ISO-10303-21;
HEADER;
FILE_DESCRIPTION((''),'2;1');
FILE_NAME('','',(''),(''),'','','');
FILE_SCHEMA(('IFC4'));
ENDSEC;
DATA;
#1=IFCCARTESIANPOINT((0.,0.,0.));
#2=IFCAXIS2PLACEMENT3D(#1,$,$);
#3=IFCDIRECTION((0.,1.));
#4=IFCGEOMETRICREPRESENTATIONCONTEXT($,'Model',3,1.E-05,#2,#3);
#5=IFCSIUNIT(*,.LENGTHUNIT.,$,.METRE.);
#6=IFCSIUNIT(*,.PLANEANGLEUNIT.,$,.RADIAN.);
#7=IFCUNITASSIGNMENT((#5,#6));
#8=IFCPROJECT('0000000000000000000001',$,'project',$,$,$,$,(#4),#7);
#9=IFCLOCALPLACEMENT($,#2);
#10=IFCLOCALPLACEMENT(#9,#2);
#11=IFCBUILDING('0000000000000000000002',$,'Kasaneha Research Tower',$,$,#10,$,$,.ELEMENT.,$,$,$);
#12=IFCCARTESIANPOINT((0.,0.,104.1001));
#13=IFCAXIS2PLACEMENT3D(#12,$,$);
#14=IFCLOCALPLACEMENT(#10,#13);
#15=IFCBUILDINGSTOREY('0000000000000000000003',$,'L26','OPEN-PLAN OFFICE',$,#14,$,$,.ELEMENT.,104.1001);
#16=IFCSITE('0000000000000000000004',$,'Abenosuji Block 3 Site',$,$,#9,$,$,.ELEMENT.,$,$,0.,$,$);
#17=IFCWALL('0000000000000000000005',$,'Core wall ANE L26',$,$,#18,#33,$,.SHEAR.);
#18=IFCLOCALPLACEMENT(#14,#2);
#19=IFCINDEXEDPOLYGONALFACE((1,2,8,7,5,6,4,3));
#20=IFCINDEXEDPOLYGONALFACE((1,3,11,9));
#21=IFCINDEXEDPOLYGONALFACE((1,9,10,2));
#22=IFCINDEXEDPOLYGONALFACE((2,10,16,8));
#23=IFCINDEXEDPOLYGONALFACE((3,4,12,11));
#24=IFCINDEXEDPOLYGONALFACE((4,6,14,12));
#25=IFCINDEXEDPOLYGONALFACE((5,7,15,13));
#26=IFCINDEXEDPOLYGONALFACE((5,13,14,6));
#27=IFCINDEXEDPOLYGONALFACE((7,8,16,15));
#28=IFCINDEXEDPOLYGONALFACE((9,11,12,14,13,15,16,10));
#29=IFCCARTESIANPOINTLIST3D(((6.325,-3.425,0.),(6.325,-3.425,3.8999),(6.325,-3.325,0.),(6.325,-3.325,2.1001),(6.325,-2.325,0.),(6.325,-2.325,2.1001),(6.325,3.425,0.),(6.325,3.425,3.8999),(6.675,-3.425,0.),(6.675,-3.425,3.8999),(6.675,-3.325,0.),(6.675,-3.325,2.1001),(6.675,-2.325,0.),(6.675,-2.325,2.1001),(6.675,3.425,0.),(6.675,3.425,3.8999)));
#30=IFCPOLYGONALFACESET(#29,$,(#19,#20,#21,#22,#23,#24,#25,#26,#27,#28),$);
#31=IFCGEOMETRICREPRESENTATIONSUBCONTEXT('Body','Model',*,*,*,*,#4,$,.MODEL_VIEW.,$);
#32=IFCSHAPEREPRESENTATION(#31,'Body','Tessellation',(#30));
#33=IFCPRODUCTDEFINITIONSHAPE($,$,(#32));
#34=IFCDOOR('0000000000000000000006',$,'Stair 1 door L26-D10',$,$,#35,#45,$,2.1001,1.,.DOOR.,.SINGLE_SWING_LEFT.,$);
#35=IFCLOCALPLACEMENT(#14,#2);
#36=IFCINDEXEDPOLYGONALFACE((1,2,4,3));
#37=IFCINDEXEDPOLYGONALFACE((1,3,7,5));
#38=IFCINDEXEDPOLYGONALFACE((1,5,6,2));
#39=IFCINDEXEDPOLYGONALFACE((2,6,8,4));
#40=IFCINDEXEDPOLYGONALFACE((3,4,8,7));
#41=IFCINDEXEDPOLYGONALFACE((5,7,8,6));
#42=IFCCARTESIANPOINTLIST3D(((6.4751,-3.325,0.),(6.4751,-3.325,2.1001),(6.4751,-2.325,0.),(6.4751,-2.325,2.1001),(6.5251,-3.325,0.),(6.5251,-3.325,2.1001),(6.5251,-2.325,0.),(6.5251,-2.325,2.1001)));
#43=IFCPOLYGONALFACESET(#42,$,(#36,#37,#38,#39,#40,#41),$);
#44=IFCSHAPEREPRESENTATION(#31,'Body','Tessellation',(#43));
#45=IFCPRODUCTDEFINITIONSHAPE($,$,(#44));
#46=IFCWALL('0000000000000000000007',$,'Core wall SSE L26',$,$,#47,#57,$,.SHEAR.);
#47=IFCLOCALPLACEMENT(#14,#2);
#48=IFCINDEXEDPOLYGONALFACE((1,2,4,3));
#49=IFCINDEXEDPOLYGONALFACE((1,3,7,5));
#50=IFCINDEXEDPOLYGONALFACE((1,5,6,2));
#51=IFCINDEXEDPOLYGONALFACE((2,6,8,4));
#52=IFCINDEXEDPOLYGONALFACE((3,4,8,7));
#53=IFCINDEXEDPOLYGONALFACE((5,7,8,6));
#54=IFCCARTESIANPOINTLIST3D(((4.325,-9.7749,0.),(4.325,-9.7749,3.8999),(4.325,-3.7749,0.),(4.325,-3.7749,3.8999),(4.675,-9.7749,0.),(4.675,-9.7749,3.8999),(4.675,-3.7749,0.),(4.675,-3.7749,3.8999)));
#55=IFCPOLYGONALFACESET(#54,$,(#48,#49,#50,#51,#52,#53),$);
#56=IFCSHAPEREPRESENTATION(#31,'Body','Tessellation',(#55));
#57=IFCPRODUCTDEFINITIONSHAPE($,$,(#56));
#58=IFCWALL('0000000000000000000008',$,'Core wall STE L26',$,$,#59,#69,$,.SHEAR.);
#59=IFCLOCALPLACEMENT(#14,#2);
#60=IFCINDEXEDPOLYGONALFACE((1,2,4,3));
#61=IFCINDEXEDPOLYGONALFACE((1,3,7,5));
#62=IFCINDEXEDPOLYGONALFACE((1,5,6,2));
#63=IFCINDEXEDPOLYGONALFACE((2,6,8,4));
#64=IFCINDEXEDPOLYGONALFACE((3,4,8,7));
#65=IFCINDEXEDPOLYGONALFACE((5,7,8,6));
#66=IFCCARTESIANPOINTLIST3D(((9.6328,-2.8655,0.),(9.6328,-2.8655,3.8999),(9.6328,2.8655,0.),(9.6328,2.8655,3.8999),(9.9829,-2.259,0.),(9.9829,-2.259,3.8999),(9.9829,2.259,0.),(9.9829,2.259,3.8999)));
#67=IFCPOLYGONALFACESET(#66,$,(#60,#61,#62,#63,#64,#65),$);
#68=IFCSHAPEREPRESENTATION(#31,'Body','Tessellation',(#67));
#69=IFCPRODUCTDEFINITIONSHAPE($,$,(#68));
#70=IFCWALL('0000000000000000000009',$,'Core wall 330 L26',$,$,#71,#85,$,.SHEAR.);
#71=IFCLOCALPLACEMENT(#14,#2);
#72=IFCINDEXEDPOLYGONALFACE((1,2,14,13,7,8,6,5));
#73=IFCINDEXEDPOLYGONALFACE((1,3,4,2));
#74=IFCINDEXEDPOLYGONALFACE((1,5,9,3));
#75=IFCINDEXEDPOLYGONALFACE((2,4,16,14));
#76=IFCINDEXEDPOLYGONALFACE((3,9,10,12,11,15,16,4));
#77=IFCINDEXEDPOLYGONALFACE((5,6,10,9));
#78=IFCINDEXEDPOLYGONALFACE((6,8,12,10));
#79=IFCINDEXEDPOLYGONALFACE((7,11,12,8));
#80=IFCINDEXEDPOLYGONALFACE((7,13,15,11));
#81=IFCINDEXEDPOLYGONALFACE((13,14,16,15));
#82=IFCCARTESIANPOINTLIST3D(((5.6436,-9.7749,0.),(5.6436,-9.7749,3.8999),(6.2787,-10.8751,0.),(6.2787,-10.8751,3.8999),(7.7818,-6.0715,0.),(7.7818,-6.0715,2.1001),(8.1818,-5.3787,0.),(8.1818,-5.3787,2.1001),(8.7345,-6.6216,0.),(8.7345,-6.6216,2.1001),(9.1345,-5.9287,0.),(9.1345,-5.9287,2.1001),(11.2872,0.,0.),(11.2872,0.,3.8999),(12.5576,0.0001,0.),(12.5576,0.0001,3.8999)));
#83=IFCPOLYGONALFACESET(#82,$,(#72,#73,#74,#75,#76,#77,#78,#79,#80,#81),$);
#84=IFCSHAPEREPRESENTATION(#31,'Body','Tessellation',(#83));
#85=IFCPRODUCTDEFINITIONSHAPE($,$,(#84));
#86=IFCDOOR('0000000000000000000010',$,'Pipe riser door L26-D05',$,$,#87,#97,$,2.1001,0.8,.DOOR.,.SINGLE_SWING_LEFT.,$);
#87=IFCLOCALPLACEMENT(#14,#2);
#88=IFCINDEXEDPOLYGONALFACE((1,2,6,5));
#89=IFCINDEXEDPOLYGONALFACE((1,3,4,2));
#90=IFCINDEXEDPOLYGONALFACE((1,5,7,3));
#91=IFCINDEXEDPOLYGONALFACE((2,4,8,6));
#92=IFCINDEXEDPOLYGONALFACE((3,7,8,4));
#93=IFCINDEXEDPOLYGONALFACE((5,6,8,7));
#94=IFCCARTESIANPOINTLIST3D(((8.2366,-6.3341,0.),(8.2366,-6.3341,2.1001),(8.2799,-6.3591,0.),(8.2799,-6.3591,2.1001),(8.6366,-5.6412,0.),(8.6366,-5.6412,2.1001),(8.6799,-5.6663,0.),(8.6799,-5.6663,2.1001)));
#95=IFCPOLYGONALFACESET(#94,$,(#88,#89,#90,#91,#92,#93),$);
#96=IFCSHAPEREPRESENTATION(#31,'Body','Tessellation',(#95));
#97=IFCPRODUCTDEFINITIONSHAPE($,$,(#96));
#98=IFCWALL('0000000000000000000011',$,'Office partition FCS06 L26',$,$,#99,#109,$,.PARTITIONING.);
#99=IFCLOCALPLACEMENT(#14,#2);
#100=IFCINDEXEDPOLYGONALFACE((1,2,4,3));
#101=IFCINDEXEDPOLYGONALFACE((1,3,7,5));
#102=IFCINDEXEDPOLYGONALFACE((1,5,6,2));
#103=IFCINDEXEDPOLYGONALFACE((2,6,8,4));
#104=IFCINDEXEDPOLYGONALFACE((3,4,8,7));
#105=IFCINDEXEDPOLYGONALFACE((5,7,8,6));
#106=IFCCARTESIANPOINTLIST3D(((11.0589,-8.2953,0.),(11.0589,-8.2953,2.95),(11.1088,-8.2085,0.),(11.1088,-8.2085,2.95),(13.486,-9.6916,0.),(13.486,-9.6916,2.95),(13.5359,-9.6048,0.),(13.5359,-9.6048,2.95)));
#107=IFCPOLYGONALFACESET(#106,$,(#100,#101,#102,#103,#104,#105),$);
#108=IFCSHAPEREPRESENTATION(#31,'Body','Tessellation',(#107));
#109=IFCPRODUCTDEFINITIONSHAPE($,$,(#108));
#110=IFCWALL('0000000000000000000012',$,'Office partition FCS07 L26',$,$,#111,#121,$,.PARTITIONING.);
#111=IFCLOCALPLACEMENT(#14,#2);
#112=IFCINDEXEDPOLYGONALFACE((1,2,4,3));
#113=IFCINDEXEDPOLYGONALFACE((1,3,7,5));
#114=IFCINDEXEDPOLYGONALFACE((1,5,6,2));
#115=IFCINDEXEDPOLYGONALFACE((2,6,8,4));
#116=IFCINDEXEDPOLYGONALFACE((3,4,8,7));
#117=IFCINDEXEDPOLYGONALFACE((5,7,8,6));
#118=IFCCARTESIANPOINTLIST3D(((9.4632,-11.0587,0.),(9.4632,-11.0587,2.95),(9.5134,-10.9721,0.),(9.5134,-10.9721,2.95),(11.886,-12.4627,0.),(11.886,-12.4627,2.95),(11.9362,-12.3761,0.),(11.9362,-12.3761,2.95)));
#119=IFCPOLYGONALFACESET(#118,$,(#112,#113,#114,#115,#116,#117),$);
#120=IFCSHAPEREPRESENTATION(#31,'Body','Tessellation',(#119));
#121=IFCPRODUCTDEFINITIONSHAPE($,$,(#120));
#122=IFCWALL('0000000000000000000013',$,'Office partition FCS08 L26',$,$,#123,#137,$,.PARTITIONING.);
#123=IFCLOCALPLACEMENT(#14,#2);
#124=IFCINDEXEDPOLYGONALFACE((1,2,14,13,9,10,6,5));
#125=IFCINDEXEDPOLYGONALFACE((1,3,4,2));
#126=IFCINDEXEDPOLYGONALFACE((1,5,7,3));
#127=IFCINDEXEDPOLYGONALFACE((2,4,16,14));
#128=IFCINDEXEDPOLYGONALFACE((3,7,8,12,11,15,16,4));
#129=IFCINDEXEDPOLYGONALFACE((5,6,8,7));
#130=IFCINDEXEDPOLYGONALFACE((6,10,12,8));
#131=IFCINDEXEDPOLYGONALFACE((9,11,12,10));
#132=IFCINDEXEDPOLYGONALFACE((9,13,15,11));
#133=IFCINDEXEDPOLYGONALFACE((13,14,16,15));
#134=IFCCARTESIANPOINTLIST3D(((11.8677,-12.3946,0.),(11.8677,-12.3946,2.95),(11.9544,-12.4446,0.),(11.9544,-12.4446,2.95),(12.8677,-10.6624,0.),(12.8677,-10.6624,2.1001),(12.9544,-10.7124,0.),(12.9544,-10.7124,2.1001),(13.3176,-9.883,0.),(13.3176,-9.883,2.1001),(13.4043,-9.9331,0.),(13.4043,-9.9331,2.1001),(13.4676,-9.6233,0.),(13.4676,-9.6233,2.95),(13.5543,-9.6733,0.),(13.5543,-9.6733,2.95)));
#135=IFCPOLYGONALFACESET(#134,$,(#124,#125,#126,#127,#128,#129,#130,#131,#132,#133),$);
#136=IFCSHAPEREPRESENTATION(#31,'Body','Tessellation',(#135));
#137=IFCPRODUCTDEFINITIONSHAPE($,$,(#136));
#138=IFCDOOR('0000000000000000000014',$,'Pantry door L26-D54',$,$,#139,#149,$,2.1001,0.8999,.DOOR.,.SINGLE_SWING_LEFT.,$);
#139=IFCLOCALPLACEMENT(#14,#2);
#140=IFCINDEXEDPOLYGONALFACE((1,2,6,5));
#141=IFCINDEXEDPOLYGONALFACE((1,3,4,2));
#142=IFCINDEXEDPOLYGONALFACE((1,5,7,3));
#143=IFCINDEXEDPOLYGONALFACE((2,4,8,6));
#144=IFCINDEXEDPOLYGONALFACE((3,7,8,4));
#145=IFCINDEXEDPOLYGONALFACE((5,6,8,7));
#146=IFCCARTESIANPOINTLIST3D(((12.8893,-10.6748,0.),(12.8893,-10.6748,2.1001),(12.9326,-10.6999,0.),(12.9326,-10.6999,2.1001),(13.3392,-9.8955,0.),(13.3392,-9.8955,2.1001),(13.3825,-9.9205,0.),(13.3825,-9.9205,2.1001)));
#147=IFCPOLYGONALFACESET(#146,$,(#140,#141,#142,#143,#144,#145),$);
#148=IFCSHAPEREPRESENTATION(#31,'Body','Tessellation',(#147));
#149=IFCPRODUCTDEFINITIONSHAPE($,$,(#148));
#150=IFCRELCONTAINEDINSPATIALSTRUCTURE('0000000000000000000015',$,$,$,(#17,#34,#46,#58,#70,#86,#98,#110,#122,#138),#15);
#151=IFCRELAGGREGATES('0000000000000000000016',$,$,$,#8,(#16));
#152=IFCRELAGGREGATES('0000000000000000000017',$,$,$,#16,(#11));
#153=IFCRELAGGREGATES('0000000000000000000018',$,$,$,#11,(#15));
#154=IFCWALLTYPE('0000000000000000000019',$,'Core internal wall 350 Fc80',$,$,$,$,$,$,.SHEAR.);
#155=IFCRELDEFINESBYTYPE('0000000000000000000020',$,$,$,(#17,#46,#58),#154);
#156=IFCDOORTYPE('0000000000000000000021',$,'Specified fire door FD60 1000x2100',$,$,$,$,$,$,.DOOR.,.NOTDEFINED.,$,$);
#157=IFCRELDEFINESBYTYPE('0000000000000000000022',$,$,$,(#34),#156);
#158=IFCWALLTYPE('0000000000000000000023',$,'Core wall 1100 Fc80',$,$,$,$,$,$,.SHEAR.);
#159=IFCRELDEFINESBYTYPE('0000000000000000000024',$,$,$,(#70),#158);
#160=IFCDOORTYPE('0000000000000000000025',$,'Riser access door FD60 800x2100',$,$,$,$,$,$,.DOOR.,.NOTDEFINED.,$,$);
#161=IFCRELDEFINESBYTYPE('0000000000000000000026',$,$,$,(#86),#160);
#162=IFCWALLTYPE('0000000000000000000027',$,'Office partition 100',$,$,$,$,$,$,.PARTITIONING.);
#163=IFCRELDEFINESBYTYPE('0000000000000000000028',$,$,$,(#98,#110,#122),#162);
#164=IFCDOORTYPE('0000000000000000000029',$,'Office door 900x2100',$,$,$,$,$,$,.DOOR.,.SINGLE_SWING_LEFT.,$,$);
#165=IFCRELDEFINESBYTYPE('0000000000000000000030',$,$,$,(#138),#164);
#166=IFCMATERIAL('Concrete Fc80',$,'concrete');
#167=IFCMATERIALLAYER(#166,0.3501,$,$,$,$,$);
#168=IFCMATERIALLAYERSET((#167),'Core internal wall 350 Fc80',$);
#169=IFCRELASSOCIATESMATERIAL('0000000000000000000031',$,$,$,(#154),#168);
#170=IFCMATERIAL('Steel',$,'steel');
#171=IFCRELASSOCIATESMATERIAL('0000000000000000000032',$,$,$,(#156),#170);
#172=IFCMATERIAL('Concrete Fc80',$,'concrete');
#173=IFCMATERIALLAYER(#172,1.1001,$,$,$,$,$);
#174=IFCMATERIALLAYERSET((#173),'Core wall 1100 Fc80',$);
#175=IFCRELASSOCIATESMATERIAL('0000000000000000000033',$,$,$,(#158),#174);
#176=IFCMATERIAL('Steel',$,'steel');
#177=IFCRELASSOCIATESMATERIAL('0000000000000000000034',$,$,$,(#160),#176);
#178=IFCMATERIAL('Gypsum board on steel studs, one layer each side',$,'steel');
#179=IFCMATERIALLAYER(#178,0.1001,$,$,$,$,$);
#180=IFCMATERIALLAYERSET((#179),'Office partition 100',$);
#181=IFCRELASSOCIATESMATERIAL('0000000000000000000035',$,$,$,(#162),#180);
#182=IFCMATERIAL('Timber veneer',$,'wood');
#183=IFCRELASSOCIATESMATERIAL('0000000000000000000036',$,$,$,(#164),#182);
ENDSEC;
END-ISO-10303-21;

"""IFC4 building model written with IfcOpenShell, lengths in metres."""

from ifc_helpers import new_model, si_unit, direction, frame, frame_2d, origin, place, context, subcontext, project, spatial, polyline, rectangle, outline, extrude, material, layer, layer_set, type_object, element, fill, save


model = new_model("IFC4")

# Units and contexts
model_context = context("Model", 3, precision=1e-05, world=origin(), true_north=direction((0.0, 1.0)))
body_context = subcontext(model_context, "Body", "Model", "MODEL_VIEW")
ifc_project = project(units=[si_unit("LENGTHUNIT", "METRE"), si_unit("PLANEANGLEUNIT", "RADIAN")], contexts=[model_context])

# Site, building, storey
site_placement = place(None, origin())
site = spatial("IfcSite", under=ifc_project, at=site_placement, Name="Abenosuji Block 3 Site", CompositionType="ELEMENT", RefElevation=0.0)
building_placement = place(site_placement, origin())
building = spatial("IfcBuilding", under=site, at=building_placement, Name="Kasaneha Research Tower", CompositionType="ELEMENT")
storey_placement = place(building_placement, frame((0.0, 0.0, 104.1001)))
storey = spatial("IfcBuildingStorey", under=building, at=storey_placement, Name="L26", Description="OPEN-PLAN OFFICE", CompositionType="ELEMENT", Elevation=104.1001)

# Wall, opening, door
ifc_material_1 = material(Name="Concrete Fc80", Category="concrete")
ifc_layer_1 = layer(ifc_material_1, 0.3501)
ifc_layer_set_1 = layer_set([ifc_layer_1], Name="Core internal wall 350 Fc80")
wall_type_1 = type_object("IfcWallType", Name="Core internal wall 350 Fc80", PredefinedType="SHEAR", material=ifc_layer_set_1)
ifc_material_2 = material(Name="Steel", Category="steel")
door_type_1 = type_object("IfcDoorType", Name="Specified fire door FD60 1000x2100", OperationType="NOTDEFINED", PredefinedType="DOOR", material=ifc_material_2)
wall_1_placement = place(storey_placement, frame((6.5, -3.425, 0.0), z_axis=(0.0, 0.0, 1.0), x_axis=(0.0, 1.0, 0.0)))
wall_1 = element("IfcWall", 1, at=wall_1_placement, inside=storey, type_object=wall_type_1, Name="Core wall ANE L26", PredefinedType="SHEAR", context=body_context, shape_type="SweptSolid", body=[
    extrude(rectangle(XDim=6.8501, YDim=0.3501, at=frame_2d((3.425, 0.0))), origin(), (0.0, 0.0, 1.0), 3.8999),
])
opening_1_placement = place(wall_1_placement, frame((0.1001, 0.0, 0.0)))
opening_1 = element("IfcOpeningElement", 2, at=opening_1_placement, cuts=wall_1, PredefinedType="OPENING", context=body_context, shape_type="SweptSolid", body=[
    extrude(rectangle(XDim=1.0, YDim=2.1001, at=frame_2d((0.5, 1.05))), frame((0.0, 0.1851, 0.0), z_axis=(0.0, -1.0, 0.0), x_axis=(1.0, 0.0, 0.0)), (0.0, 0.0, 1.0), 0.3701),
])
door_1_placement = place(opening_1_placement, origin())
door_1 = element("IfcDoor", 3, at=door_1_placement, inside=storey, type_object=door_type_1, Name="Stair 1 door L26-D10", OperationType="SINGLE_SWING_LEFT", OverallHeight=2.1001, OverallWidth=1.0, PredefinedType="DOOR", context=body_context, shape_type="SweptSolid", body=[
    extrude(rectangle(XDim=1.0, YDim=2.1001, at=frame_2d((0.5, 1.05))), frame((0.0, 0.0249, 0.0), z_axis=(0.0, -1.0, 0.0), x_axis=(1.0, 0.0, 0.0)), (0.0, 0.0, 1.0), 0.05),
])
fill(opening_1, door_1)

# Walls
wall_2_placement = place(storey_placement, frame((4.5, -3.7749, 0.0), z_axis=(0.0, 0.0, 1.0), x_axis=(0.0, -1.0, 0.0)))
element("IfcWall", 4, at=wall_2_placement, inside=storey, type_object=wall_type_1, Name="Core wall SSE L26", PredefinedType="SHEAR", context=body_context, shape_type="SweptSolid", body=[
    extrude(rectangle(XDim=6.0, YDim=0.3501, at=frame_2d((3.0, 0.0))), origin(), (0.0, 0.0, 1.0), 3.8999),
])
wall_3_placement = place(storey_placement, frame((9.8079, -2.5623, 0.0), z_axis=(0.0, 0.0, 1.0), x_axis=(0.0, 1.0, 0.0)))
element("IfcWall", 5, at=wall_3_placement, inside=storey, type_object=wall_type_1, Name="Core wall STE L26", PredefinedType="SHEAR", context=body_context, shape_type="SweptSolid", body=[
    extrude(outline(polyline([(0.3032, -0.175), (4.8213, -0.175), (5.4277, 0.175), (-0.3032, 0.175), (0.3032, -0.175)])), origin(), (0.0, 0.0, 1.0), 3.8999),
])

# Wall, opening, door
ifc_material_3 = material(Name="Concrete Fc80", Category="concrete")
ifc_layer_2 = layer(ifc_material_3, 1.1001)
ifc_layer_set_2 = layer_set([ifc_layer_2], Name="Core wall 1100 Fc80")
wall_type_2 = type_object("IfcWallType", Name="Core wall 1100 Fc80", PredefinedType="SHEAR", material=ifc_layer_set_2)
wall_4_placement = place(storey_placement, frame((5.9612, -10.325, 0.0), z_axis=(0.0, 0.0, 1.0), x_axis=(0.500004, 0.866023, 0.0)))
wall_4 = element("IfcWall", 6, at=wall_4_placement, inside=storey, type_object=wall_type_2, Name="Core wall 330 L26", PredefinedType="SHEAR", context=body_context, shape_type="SweptSolid", body=[
    extrude(outline(polyline([(-0.3176, -0.55), (4.594, -0.55), (5.394, -0.55), (12.24, -0.55), (11.6047, 0.55), (5.394, 0.55), (4.594, 0.55), (0.3176, 0.55), (-0.3176, -0.55)])), origin(), (0.0, 0.0, 1.0), 3.8999),
])
opening_2_placement = place(wall_4_placement, frame((4.594, 0.0, 0.0)))
opening_2 = element("IfcOpeningElement", 7, at=opening_2_placement, cuts=wall_4, PredefinedType="OPENING", context=body_context, shape_type="SweptSolid", body=[
    extrude(rectangle(XDim=0.8, YDim=2.1001, at=frame_2d((0.3999, 1.05))), frame((0.0, 0.5601, 0.0), z_axis=(0.0, -1.0, 0.0), x_axis=(1.0, 0.0, 0.0)), (0.0, 0.0, 1.0), 1.1201),
])
ifc_material_4 = material(Name="Steel", Category="steel")
door_type_2 = type_object("IfcDoorType", Name="Riser access door FD60 800x2100", OperationType="NOTDEFINED", PredefinedType="DOOR", material=ifc_material_4)
door_2_placement = place(opening_2_placement, origin())
door_2 = element("IfcDoor", 8, at=door_2_placement, inside=storey, type_object=door_type_2, Name="Pipe riser door L26-D05", OperationType="SINGLE_SWING_LEFT", OverallHeight=2.1001, OverallWidth=0.8, PredefinedType="DOOR", context=body_context, shape_type="SweptSolid", body=[
    extrude(rectangle(XDim=0.8, YDim=2.1001, at=frame_2d((0.3999, 1.05))), frame((0.0, 0.0249, 0.0), z_axis=(0.0, -1.0, 0.0), x_axis=(1.0, 0.0, 0.0)), (0.0, 0.0, 1.0), 0.05),
])
fill(opening_2, door_2)

# Walls
ifc_material_5 = material(Name="Gypsum board on steel studs, one layer each side", Category="steel")
ifc_layer_3 = layer(ifc_material_5, 0.1001)
ifc_layer_set_3 = layer_set([ifc_layer_3], Name="Office partition 100")
wall_type_3 = type_object("IfcWallType", Name="Office partition 100", PredefinedType="PARTITIONING", material=ifc_layer_set_3)
wall_5_placement = place(storey_placement, frame((11.084, -8.252, 0.0), z_axis=(0.0, 0.0, 1.0), x_axis=(0.866796, -0.498663, 0.0)))
element("IfcWall", 9, at=wall_5_placement, inside=storey, type_object=wall_type_3, Name="Office partition FCS06 L26", PredefinedType="PARTITIONING", context=body_context, shape_type="SweptSolid", body=[
    extrude(rectangle(XDim=2.8, YDim=0.1001, at=frame_2d((1.3999, 0.0))), origin(), (0.0, 0.0, 1.0), 2.95),
])
wall_6_placement = place(storey_placement, frame((11.9111, -12.4194, 0.0), z_axis=(0.0, 0.0, 1.0), x_axis=(-0.865217, 0.501397, 0.0)))
element("IfcWall", 10, at=wall_6_placement, inside=storey, type_object=wall_type_3, Name="Office partition FCS07 L26", PredefinedType="PARTITIONING", context=body_context, shape_type="SweptSolid", body=[
    extrude(rectangle(XDim=2.8003, YDim=0.1001, at=frame_2d((1.4001, 0.0))), origin(), (0.0, 0.0, 1.0), 2.95),
])

# Wall, opening, door
wall_7_placement = place(storey_placement, frame((13.511, -9.6482, 0.0), z_axis=(0.0, 0.0, 1.0), x_axis=(-0.499971, -0.866042, 0.0)))
wall_7 = element("IfcWall", 11, at=wall_7_placement, inside=storey, type_object=wall_type_3, Name="Office partition FCS08 L26", PredefinedType="PARTITIONING", context=body_context, shape_type="SweptSolid", body=[
    extrude(rectangle(XDim=3.2, YDim=0.1001, at=frame_2d((1.6001, 0.0))), origin(), (0.0, 0.0, 1.0), 2.95),
])
opening_3_placement = place(wall_7_placement, frame((0.3, 0.0, 0.0)))
opening_3 = element("IfcOpeningElement", 12, at=opening_3_placement, cuts=wall_7, PredefinedType="OPENING", context=body_context, shape_type="SweptSolid", body=[
    extrude(rectangle(XDim=0.8999, YDim=2.1001, at=frame_2d((0.45, 1.05))), frame((0.0, 0.0601, 0.0), z_axis=(0.0, -1.0, 0.0), x_axis=(1.0, 0.0, 0.0)), (0.0, 0.0, 1.0), 0.1201),
])
ifc_material_6 = material(Name="Timber veneer", Category="wood")
door_type_3 = type_object("IfcDoorType", Name="Office door 900x2100", OperationType="SINGLE_SWING_LEFT", PredefinedType="DOOR", material=ifc_material_6)
door_3_placement = place(opening_3_placement, origin())
door_3 = element("IfcDoor", 13, at=door_3_placement, inside=storey, type_object=door_type_3, Name="Pantry door L26-D54", OperationType="SINGLE_SWING_LEFT", OverallHeight=2.1001, OverallWidth=0.8999, PredefinedType="DOOR", context=body_context, shape_type="SweptSolid", body=[
    extrude(rectangle(XDim=0.8999, YDim=2.1001, at=frame_2d((0.45, 1.05))), frame((0.0, 0.0249, 0.0), z_axis=(0.0, -1.0, 0.0), x_axis=(1.0, 0.0, 0.0)), (0.0, 0.0, 1.0), 0.05),
])
fill(opening_3, door_3)

save(model, "model.ifc")
